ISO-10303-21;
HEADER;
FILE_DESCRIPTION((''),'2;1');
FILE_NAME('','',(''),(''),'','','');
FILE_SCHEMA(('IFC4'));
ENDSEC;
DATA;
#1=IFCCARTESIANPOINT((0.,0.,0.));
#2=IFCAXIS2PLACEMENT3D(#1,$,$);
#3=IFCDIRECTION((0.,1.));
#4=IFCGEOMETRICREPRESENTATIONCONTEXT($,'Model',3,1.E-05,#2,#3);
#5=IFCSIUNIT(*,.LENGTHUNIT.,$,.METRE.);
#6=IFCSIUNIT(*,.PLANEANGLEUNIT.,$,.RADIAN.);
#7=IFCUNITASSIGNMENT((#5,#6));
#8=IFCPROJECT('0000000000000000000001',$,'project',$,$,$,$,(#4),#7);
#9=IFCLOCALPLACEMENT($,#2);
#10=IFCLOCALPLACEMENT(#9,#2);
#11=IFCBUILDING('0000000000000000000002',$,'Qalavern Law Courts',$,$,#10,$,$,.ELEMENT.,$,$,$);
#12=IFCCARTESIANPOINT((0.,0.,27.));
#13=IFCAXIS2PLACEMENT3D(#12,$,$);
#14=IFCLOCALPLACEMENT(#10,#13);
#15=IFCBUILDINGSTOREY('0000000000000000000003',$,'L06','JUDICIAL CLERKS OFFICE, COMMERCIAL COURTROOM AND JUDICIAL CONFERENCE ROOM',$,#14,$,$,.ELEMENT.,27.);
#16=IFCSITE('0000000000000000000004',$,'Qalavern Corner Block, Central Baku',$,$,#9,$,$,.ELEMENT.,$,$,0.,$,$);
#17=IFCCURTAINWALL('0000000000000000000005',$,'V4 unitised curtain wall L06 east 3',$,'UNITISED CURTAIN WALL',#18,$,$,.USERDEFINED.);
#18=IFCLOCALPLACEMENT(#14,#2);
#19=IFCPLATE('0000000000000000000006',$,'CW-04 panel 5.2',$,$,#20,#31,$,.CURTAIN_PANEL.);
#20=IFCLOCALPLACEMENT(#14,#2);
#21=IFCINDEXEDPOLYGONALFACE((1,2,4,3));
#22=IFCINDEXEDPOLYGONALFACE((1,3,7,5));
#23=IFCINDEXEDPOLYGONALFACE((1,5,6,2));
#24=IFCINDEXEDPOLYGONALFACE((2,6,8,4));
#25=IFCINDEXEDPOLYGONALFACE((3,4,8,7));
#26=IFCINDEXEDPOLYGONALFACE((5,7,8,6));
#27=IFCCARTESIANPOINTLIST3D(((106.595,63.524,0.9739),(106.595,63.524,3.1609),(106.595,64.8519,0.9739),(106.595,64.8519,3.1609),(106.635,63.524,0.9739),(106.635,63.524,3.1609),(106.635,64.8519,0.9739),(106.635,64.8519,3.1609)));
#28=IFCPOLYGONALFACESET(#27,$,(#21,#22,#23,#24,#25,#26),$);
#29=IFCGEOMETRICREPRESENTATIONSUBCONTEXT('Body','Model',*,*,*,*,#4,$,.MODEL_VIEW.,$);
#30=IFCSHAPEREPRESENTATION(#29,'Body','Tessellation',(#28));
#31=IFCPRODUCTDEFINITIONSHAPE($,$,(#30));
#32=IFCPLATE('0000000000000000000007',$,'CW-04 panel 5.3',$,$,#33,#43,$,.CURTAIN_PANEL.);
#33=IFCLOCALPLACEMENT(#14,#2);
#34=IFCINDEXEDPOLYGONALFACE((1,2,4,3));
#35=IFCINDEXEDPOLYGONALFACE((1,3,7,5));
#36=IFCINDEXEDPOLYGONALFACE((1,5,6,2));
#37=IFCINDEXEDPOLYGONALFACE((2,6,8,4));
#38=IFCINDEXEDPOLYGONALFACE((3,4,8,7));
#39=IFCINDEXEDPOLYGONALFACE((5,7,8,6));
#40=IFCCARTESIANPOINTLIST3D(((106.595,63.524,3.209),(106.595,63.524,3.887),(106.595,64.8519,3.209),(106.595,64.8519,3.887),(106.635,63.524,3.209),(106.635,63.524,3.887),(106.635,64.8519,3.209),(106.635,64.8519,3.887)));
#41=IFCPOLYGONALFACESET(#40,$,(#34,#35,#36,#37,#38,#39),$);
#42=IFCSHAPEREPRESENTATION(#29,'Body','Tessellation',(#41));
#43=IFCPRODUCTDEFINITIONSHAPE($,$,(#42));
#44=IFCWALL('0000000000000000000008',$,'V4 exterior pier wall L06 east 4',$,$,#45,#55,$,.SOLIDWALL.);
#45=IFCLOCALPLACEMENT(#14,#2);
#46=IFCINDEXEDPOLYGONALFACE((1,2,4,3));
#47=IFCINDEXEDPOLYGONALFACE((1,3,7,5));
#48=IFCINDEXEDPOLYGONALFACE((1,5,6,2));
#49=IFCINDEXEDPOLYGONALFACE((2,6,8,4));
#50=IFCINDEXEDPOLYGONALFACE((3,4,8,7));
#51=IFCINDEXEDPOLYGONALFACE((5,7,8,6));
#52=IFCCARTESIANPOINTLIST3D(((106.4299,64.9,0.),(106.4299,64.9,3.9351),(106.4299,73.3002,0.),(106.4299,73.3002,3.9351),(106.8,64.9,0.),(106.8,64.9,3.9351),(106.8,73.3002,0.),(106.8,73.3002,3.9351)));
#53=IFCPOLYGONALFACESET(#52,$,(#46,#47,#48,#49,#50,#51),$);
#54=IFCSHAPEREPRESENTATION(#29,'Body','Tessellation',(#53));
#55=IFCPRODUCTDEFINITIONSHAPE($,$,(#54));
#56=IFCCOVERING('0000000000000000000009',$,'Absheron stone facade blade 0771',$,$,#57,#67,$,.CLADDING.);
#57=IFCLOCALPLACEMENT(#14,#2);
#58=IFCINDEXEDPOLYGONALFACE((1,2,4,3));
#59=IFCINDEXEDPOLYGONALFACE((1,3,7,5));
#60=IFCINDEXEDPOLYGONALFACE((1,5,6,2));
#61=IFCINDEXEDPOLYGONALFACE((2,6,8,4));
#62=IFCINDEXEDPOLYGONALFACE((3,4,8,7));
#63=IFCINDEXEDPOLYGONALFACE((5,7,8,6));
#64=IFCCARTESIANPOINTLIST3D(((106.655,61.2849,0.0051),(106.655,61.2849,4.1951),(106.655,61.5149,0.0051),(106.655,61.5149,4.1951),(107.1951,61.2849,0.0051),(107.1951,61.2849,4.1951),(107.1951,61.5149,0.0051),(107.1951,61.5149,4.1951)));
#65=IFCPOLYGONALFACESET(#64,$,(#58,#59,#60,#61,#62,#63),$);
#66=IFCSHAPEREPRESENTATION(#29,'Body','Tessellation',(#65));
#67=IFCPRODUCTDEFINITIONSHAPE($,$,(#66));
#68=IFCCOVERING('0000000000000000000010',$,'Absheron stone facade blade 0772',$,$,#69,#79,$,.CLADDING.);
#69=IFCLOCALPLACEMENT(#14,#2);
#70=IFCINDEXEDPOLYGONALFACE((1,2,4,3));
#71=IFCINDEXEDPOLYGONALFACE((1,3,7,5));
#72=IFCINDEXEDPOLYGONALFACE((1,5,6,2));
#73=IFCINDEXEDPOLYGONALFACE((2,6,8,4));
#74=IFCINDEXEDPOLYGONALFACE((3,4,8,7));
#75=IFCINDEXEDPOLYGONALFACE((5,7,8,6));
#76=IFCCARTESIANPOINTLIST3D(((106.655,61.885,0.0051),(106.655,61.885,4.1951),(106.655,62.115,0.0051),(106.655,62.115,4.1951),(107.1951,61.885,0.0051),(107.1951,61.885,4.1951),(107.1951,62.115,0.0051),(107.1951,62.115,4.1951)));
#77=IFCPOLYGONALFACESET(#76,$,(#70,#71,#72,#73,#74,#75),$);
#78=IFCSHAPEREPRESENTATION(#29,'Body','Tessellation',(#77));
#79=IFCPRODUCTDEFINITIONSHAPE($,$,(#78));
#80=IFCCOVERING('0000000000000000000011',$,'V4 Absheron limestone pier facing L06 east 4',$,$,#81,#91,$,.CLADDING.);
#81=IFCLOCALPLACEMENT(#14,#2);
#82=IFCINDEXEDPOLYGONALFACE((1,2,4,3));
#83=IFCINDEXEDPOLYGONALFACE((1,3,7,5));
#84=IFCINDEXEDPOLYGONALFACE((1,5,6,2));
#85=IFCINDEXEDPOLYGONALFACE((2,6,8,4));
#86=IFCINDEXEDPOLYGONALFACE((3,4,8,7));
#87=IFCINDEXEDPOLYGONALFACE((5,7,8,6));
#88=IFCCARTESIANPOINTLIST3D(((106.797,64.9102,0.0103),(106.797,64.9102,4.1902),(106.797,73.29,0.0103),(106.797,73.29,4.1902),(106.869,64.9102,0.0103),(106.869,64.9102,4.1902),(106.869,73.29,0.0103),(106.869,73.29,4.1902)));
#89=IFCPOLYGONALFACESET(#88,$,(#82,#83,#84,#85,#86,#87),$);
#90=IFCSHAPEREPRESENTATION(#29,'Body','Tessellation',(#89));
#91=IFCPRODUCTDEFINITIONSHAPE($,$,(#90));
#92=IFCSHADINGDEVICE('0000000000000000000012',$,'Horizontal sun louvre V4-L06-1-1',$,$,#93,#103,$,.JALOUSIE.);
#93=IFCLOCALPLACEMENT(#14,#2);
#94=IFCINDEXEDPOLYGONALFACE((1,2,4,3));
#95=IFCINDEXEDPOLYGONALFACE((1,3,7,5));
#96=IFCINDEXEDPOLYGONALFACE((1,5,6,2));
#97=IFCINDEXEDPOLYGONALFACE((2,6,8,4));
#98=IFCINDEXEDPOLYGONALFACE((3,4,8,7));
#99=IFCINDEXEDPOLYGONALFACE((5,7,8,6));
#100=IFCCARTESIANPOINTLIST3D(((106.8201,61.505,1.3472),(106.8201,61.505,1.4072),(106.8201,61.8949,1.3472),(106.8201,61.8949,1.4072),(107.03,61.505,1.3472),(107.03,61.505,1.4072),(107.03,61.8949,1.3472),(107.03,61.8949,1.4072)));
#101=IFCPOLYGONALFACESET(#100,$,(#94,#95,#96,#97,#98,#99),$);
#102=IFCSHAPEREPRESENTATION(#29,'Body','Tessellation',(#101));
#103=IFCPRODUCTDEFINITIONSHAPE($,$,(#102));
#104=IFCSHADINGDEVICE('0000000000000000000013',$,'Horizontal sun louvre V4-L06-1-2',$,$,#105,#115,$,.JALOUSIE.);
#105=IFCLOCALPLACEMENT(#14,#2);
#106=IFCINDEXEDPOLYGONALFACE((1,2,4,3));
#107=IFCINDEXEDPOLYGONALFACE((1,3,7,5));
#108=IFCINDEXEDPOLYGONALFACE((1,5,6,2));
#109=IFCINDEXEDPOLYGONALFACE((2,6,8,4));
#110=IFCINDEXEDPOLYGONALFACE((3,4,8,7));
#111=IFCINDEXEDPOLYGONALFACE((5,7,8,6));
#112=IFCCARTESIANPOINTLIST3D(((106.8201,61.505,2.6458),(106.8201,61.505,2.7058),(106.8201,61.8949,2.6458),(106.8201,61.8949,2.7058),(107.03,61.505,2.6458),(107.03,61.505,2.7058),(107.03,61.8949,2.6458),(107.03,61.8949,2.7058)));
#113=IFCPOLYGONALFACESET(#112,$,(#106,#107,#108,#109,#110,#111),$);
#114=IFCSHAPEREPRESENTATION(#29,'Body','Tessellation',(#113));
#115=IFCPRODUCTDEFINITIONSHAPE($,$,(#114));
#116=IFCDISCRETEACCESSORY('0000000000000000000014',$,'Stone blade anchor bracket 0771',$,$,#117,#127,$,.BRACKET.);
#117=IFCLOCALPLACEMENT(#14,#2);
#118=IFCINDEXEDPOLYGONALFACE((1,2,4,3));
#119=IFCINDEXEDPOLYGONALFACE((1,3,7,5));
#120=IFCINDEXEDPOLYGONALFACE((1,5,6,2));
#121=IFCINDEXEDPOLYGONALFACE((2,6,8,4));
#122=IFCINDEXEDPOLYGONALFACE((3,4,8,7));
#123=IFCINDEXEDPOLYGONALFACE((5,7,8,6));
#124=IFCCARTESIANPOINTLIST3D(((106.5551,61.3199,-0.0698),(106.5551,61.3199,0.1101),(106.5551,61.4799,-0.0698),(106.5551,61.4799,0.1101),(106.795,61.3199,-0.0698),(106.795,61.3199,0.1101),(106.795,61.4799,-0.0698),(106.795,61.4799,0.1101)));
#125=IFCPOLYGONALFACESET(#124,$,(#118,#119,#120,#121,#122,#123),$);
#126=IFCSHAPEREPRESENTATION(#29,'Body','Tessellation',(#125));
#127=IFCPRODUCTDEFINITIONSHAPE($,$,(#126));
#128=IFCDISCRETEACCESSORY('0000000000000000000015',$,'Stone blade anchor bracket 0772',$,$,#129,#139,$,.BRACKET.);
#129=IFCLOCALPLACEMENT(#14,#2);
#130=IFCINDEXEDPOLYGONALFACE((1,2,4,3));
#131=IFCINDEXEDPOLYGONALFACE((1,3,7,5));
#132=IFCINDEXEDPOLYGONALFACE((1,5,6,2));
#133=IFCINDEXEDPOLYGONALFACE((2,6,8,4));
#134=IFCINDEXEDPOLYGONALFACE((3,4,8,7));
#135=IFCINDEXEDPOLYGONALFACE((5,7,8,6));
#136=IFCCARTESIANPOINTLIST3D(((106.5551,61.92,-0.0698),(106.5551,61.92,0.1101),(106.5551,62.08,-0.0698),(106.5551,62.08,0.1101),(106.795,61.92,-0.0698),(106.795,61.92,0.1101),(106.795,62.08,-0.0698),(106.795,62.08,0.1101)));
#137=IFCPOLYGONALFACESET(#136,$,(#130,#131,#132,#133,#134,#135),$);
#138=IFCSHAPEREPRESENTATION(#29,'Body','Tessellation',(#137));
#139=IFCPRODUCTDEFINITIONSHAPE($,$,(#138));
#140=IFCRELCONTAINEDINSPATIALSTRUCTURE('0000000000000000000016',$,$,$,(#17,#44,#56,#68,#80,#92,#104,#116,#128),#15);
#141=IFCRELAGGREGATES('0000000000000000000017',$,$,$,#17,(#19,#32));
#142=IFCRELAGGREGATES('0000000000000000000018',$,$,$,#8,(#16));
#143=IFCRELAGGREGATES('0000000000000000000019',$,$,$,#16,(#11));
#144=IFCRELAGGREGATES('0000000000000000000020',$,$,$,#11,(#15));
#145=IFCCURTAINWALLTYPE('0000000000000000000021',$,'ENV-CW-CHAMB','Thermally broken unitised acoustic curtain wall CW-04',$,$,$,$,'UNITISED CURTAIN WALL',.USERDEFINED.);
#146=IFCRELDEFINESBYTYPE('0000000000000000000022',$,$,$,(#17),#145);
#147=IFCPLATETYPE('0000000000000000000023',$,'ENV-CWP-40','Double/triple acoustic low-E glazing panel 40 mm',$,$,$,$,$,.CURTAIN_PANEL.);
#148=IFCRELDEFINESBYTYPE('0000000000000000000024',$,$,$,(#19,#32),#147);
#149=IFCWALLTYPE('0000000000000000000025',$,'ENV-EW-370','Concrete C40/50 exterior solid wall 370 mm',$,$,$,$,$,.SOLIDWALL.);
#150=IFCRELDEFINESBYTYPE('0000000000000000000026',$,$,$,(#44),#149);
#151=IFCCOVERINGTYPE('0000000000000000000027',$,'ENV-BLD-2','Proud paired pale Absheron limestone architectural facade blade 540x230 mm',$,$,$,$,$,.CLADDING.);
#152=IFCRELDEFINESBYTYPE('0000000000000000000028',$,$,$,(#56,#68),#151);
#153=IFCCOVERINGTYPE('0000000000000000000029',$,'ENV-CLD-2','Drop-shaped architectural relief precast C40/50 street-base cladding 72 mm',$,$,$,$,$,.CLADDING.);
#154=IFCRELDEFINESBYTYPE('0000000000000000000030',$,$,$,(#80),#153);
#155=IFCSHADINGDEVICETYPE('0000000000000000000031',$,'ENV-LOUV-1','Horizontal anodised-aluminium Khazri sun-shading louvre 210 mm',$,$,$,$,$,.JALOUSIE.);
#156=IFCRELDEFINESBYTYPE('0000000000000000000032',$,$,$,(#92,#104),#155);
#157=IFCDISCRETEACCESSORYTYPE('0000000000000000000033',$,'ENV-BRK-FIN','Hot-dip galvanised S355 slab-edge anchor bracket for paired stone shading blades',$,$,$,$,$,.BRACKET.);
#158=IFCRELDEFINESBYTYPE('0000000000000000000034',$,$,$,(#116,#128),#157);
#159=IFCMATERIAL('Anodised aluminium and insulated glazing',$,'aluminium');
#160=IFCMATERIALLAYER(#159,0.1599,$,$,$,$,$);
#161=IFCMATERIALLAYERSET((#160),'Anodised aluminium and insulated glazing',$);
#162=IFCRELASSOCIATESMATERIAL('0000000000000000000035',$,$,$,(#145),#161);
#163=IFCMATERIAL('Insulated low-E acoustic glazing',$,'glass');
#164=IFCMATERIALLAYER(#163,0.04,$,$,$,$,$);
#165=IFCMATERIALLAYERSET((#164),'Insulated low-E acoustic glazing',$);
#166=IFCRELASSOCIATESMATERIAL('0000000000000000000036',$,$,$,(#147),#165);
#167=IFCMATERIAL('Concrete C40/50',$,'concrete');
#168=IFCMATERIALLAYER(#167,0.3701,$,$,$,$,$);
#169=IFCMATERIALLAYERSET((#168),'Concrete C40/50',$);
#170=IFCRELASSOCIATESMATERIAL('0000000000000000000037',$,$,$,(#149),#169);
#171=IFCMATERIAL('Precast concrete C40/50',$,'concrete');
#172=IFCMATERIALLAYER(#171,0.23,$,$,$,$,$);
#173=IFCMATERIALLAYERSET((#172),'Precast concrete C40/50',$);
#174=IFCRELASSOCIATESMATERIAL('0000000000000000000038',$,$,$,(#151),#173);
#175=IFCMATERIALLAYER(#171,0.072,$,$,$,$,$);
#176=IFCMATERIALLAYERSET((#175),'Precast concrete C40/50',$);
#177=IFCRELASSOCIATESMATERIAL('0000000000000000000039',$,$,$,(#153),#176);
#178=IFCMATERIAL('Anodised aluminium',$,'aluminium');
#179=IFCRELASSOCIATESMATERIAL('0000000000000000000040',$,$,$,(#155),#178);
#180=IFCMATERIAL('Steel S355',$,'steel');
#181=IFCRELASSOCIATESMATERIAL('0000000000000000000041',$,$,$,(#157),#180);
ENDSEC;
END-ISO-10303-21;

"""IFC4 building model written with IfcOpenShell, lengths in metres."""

from ifc_helpers import new_model, si_unit, direction, frame, frame_2d, origin, origin_2d, place, context, subcontext, project, spatial, rectangle, extrude, material, layer, layer_set, type_object, element, aggregate, save


model = new_model("IFC4")

# Units and contexts
model_context = context("Model", 3, precision=1e-05, world=origin(), true_north=direction((0.0, 1.0)))
body_context = subcontext(model_context, "Body", "Model", "MODEL_VIEW")
ifc_project = project(units=[si_unit("LENGTHUNIT", "METRE"), si_unit("PLANEANGLEUNIT", "RADIAN")], contexts=[model_context])

# Site, building, storey
site_placement = place(None, origin())
site = spatial("IfcSite", under=ifc_project, at=site_placement, Name="Qalavern Corner Block, Central Baku", CompositionType="ELEMENT", RefElevation=0.0)
building_placement = place(site_placement, origin())
building = spatial("IfcBuilding", under=site, at=building_placement, Name="Qalavern Law Courts", CompositionType="ELEMENT")
storey_placement = place(building_placement, frame((0.0, 0.0, 27.0)))
storey = spatial("IfcBuildingStorey", under=building, at=storey_placement, Name="L06", Description="JUDICIAL CLERKS OFFICE, COMMERCIAL COURTROOM AND JUDICIAL CONFERENCE ROOM", CompositionType="ELEMENT", Elevation=27.0)

# Curtain wall
ifc_material_1 = material(Name="Anodised aluminium and insulated glazing", Category="aluminium")
ifc_layer_1 = layer(ifc_material_1, 0.1599)
ifc_layer_set_1 = layer_set([ifc_layer_1], Name="Anodised aluminium and insulated glazing")
curtain_wall_type = type_object("IfcCurtainWallType", Name="ENV-CW-CHAMB", Description="Thermally broken unitised acoustic curtain wall CW-04", ElementType="UNITISED CURTAIN WALL", PredefinedType="USERDEFINED", material=ifc_layer_set_1)
curtain_wall_1_placement = place(storey_placement, origin())
curtain_wall_1 = element("IfcCurtainWall", 1, at=curtain_wall_1_placement, inside=storey, type_object=curtain_wall_type, Name="V4 unitised curtain wall L06 east 3", ObjectType="UNITISED CURTAIN WALL", PredefinedType="USERDEFINED")
ifc_material_2 = material(Name="Anodised aluminium", Category="aluminium")

# Plates
ifc_material_3 = material(Name="Insulated low-E acoustic glazing", Category="glass")
ifc_layer_2 = layer(ifc_material_3, 0.04)
ifc_layer_set_2 = layer_set([ifc_layer_2], Name="Insulated low-E acoustic glazing")
plate_type = type_object("IfcPlateType", Name="ENV-CWP-40", Description="Double/triple acoustic low-E glazing panel 40 mm", PredefinedType="CURTAIN_PANEL", material=ifc_layer_set_2)
plate_1_placement = place(storey_placement, frame((106.615, 64.188, 0.9739), z_axis=(0.0, 0.0, 1.0), x_axis=(0.0, 1.0, 0.0)))
plate_1 = element("IfcPlate", 2, at=plate_1_placement, type_object=plate_type, Name="CW-04 panel 5.2", PredefinedType="CURTAIN_PANEL", context=body_context, shape_type="SweptSolid", body=[
    extrude(rectangle(XDim=1.3279, YDim=0.04, at=origin_2d()), origin(), (0.0, 0.0, 1.0), 2.187),
])
plate_2_placement = place(storey_placement, frame((106.615, 64.188, 3.209), z_axis=(0.0, 0.0, 1.0), x_axis=(0.0, 1.0, 0.0)))
plate_2 = element("IfcPlate", 3, at=plate_2_placement, type_object=plate_type, Name="CW-04 panel 5.3", PredefinedType="CURTAIN_PANEL", context=body_context, shape_type="SweptSolid", body=[
    extrude(rectangle(XDim=1.3279, YDim=0.04, at=origin_2d()), origin(), (0.0, 0.0, 1.0), 0.678),
])
aggregate(curtain_wall_1, [plate_1, plate_2])

# Wall
ifc_material_4 = material(Name="Concrete C40/50", Category="concrete")
ifc_layer_3 = layer(ifc_material_4, 0.3701)
ifc_layer_set_3 = layer_set([ifc_layer_3], Name="Concrete C40/50")
wall_type = type_object("IfcWallType", Name="ENV-EW-370", Description="Concrete C40/50 exterior solid wall 370 mm", PredefinedType="SOLIDWALL", material=ifc_layer_set_3)
wall_placement = place(storey_placement, frame((106.615, 64.8999, 0.0), z_axis=(0.0, 0.0, 1.0), x_axis=(0.0, 1.0, 0.0)))
element("IfcWall", 4, at=wall_placement, inside=storey, type_object=wall_type, Name="V4 exterior pier wall L06 east 4", PredefinedType="SOLIDWALL", context=body_context, shape_type="SweptSolid", body=[
    extrude(rectangle(XDim=8.4001, YDim=0.3701, at=frame_2d((4.2002, 0.0))), origin(), (0.0, 0.0, 1.0), 3.9351),
])

# Coverings
ifc_material_5 = material(Name="Precast concrete C40/50", Category="concrete")
ifc_layer_4 = layer(ifc_material_5, 0.23)
ifc_layer_set_4 = layer_set([ifc_layer_4], Name="Precast concrete C40/50")
covering_type_1 = type_object("IfcCoveringType", Name="ENV-BLD-2", Description="Proud paired pale Absheron limestone architectural facade blade 540x230 mm", PredefinedType="CLADDING", material=ifc_layer_set_4)
for number, where, z_axis, x_axis, name in (
    (5, (106.925, 61.3999, 0.0051), (0.0, 0.0, 1.0), (1.0, 0.0, 0.0), "Absheron stone facade blade 0771"),
    (6, (106.925, 62.0, 0.0051), (0.0, 0.0, 1.0), (1.0, 0.0, 0.0), "Absheron stone facade blade 0772"),
):
    element("IfcCovering", number, at=place(storey_placement, frame(where, z_axis=z_axis, x_axis=x_axis)), inside=storey, type_object=covering_type_1, Name=name, PredefinedType="CLADDING", context=body_context, shape_type="SweptSolid", body=[
        extrude(rectangle(XDim=0.54, YDim=0.23, at=origin_2d()), origin(), (0.0, 0.0, 1.0), 4.1899),
    ])
ifc_layer_5 = layer(ifc_material_5, 0.072)
ifc_layer_set_5 = layer_set([ifc_layer_5], Name="Precast concrete C40/50")
covering_type_2 = type_object("IfcCoveringType", Name="ENV-CLD-2", Description="Drop-shaped architectural relief precast C40/50 street-base cladding 72 mm", PredefinedType="CLADDING", material=ifc_layer_set_5)
covering_placement = place(storey_placement, frame((106.833, 69.1001, 0.0103), z_axis=(0.0, 0.0, 1.0), x_axis=(0.0, 1.0, 0.0)))
element("IfcCovering", 7, at=covering_placement, inside=storey, type_object=covering_type_2, Name="V4 Absheron limestone pier facing L06 east 4", PredefinedType="CLADDING", context=body_context, shape_type="SweptSolid", body=[
    extrude(rectangle(XDim=8.3799, YDim=0.072, at=origin_2d()), origin(), (0.0, 0.0, 1.0), 4.1799),
])

# Shading devices
shading_device_type = type_object("IfcShadingDeviceType", Name="ENV-LOUV-1", Description="Horizontal anodised-aluminium Khazri sun-shading louvre 210 mm", PredefinedType="JALOUSIE", material=ifc_material_2)
for number, where, z_axis, x_axis, name in (
    (8, (106.925, 61.7, 1.3472), (0.0, 0.0, 1.0), (0.0, 1.0, 0.0), "Horizontal sun louvre V4-L06-1-1"),
    (9, (106.925, 61.7, 2.6458), (0.0, 0.0, 1.0), (0.0, 1.0, 0.0), "Horizontal sun louvre V4-L06-1-2"),
):
    element("IfcShadingDevice", number, at=place(storey_placement, frame(where, z_axis=z_axis, x_axis=x_axis)), inside=storey, type_object=shading_device_type, Name=name, PredefinedType="JALOUSIE", context=body_context, shape_type="SweptSolid", body=[
        extrude(rectangle(XDim=0.3899, YDim=0.21, at=origin_2d()), origin(), (0.0, 0.0, 1.0), 0.0601),
    ])

# Discrete accessories
ifc_material_6 = material(Name="Steel S355", Category="steel")
discrete_accessory_type = type_object("IfcDiscreteAccessoryType", Name="ENV-BRK-FIN", Description="Hot-dip galvanised S355 slab-edge anchor bracket for paired stone shading blades", PredefinedType="BRACKET", material=ifc_material_6)
for number, where, z_axis, x_axis, name in (
    (10, (106.675, 61.3999, -0.0698), (0.0, 0.0, 1.0), (1.0, 0.0, 0.0), "Stone blade anchor bracket 0771"),
    (11, (106.675, 62.0, -0.0698), (0.0, 0.0, 1.0), (1.0, 0.0, 0.0), "Stone blade anchor bracket 0772"),
):
    element("IfcDiscreteAccessory", number, at=place(storey_placement, frame(where, z_axis=z_axis, x_axis=x_axis)), inside=storey, type_object=discrete_accessory_type, Name=name, PredefinedType="BRACKET", context=body_context, shape_type="SweptSolid", body=[
        extrude(rectangle(XDim=0.24, YDim=0.1599, at=origin_2d()), origin(), (0.0, 0.0, 1.0), 0.1799),
    ])

save(model, "model.ifc")
